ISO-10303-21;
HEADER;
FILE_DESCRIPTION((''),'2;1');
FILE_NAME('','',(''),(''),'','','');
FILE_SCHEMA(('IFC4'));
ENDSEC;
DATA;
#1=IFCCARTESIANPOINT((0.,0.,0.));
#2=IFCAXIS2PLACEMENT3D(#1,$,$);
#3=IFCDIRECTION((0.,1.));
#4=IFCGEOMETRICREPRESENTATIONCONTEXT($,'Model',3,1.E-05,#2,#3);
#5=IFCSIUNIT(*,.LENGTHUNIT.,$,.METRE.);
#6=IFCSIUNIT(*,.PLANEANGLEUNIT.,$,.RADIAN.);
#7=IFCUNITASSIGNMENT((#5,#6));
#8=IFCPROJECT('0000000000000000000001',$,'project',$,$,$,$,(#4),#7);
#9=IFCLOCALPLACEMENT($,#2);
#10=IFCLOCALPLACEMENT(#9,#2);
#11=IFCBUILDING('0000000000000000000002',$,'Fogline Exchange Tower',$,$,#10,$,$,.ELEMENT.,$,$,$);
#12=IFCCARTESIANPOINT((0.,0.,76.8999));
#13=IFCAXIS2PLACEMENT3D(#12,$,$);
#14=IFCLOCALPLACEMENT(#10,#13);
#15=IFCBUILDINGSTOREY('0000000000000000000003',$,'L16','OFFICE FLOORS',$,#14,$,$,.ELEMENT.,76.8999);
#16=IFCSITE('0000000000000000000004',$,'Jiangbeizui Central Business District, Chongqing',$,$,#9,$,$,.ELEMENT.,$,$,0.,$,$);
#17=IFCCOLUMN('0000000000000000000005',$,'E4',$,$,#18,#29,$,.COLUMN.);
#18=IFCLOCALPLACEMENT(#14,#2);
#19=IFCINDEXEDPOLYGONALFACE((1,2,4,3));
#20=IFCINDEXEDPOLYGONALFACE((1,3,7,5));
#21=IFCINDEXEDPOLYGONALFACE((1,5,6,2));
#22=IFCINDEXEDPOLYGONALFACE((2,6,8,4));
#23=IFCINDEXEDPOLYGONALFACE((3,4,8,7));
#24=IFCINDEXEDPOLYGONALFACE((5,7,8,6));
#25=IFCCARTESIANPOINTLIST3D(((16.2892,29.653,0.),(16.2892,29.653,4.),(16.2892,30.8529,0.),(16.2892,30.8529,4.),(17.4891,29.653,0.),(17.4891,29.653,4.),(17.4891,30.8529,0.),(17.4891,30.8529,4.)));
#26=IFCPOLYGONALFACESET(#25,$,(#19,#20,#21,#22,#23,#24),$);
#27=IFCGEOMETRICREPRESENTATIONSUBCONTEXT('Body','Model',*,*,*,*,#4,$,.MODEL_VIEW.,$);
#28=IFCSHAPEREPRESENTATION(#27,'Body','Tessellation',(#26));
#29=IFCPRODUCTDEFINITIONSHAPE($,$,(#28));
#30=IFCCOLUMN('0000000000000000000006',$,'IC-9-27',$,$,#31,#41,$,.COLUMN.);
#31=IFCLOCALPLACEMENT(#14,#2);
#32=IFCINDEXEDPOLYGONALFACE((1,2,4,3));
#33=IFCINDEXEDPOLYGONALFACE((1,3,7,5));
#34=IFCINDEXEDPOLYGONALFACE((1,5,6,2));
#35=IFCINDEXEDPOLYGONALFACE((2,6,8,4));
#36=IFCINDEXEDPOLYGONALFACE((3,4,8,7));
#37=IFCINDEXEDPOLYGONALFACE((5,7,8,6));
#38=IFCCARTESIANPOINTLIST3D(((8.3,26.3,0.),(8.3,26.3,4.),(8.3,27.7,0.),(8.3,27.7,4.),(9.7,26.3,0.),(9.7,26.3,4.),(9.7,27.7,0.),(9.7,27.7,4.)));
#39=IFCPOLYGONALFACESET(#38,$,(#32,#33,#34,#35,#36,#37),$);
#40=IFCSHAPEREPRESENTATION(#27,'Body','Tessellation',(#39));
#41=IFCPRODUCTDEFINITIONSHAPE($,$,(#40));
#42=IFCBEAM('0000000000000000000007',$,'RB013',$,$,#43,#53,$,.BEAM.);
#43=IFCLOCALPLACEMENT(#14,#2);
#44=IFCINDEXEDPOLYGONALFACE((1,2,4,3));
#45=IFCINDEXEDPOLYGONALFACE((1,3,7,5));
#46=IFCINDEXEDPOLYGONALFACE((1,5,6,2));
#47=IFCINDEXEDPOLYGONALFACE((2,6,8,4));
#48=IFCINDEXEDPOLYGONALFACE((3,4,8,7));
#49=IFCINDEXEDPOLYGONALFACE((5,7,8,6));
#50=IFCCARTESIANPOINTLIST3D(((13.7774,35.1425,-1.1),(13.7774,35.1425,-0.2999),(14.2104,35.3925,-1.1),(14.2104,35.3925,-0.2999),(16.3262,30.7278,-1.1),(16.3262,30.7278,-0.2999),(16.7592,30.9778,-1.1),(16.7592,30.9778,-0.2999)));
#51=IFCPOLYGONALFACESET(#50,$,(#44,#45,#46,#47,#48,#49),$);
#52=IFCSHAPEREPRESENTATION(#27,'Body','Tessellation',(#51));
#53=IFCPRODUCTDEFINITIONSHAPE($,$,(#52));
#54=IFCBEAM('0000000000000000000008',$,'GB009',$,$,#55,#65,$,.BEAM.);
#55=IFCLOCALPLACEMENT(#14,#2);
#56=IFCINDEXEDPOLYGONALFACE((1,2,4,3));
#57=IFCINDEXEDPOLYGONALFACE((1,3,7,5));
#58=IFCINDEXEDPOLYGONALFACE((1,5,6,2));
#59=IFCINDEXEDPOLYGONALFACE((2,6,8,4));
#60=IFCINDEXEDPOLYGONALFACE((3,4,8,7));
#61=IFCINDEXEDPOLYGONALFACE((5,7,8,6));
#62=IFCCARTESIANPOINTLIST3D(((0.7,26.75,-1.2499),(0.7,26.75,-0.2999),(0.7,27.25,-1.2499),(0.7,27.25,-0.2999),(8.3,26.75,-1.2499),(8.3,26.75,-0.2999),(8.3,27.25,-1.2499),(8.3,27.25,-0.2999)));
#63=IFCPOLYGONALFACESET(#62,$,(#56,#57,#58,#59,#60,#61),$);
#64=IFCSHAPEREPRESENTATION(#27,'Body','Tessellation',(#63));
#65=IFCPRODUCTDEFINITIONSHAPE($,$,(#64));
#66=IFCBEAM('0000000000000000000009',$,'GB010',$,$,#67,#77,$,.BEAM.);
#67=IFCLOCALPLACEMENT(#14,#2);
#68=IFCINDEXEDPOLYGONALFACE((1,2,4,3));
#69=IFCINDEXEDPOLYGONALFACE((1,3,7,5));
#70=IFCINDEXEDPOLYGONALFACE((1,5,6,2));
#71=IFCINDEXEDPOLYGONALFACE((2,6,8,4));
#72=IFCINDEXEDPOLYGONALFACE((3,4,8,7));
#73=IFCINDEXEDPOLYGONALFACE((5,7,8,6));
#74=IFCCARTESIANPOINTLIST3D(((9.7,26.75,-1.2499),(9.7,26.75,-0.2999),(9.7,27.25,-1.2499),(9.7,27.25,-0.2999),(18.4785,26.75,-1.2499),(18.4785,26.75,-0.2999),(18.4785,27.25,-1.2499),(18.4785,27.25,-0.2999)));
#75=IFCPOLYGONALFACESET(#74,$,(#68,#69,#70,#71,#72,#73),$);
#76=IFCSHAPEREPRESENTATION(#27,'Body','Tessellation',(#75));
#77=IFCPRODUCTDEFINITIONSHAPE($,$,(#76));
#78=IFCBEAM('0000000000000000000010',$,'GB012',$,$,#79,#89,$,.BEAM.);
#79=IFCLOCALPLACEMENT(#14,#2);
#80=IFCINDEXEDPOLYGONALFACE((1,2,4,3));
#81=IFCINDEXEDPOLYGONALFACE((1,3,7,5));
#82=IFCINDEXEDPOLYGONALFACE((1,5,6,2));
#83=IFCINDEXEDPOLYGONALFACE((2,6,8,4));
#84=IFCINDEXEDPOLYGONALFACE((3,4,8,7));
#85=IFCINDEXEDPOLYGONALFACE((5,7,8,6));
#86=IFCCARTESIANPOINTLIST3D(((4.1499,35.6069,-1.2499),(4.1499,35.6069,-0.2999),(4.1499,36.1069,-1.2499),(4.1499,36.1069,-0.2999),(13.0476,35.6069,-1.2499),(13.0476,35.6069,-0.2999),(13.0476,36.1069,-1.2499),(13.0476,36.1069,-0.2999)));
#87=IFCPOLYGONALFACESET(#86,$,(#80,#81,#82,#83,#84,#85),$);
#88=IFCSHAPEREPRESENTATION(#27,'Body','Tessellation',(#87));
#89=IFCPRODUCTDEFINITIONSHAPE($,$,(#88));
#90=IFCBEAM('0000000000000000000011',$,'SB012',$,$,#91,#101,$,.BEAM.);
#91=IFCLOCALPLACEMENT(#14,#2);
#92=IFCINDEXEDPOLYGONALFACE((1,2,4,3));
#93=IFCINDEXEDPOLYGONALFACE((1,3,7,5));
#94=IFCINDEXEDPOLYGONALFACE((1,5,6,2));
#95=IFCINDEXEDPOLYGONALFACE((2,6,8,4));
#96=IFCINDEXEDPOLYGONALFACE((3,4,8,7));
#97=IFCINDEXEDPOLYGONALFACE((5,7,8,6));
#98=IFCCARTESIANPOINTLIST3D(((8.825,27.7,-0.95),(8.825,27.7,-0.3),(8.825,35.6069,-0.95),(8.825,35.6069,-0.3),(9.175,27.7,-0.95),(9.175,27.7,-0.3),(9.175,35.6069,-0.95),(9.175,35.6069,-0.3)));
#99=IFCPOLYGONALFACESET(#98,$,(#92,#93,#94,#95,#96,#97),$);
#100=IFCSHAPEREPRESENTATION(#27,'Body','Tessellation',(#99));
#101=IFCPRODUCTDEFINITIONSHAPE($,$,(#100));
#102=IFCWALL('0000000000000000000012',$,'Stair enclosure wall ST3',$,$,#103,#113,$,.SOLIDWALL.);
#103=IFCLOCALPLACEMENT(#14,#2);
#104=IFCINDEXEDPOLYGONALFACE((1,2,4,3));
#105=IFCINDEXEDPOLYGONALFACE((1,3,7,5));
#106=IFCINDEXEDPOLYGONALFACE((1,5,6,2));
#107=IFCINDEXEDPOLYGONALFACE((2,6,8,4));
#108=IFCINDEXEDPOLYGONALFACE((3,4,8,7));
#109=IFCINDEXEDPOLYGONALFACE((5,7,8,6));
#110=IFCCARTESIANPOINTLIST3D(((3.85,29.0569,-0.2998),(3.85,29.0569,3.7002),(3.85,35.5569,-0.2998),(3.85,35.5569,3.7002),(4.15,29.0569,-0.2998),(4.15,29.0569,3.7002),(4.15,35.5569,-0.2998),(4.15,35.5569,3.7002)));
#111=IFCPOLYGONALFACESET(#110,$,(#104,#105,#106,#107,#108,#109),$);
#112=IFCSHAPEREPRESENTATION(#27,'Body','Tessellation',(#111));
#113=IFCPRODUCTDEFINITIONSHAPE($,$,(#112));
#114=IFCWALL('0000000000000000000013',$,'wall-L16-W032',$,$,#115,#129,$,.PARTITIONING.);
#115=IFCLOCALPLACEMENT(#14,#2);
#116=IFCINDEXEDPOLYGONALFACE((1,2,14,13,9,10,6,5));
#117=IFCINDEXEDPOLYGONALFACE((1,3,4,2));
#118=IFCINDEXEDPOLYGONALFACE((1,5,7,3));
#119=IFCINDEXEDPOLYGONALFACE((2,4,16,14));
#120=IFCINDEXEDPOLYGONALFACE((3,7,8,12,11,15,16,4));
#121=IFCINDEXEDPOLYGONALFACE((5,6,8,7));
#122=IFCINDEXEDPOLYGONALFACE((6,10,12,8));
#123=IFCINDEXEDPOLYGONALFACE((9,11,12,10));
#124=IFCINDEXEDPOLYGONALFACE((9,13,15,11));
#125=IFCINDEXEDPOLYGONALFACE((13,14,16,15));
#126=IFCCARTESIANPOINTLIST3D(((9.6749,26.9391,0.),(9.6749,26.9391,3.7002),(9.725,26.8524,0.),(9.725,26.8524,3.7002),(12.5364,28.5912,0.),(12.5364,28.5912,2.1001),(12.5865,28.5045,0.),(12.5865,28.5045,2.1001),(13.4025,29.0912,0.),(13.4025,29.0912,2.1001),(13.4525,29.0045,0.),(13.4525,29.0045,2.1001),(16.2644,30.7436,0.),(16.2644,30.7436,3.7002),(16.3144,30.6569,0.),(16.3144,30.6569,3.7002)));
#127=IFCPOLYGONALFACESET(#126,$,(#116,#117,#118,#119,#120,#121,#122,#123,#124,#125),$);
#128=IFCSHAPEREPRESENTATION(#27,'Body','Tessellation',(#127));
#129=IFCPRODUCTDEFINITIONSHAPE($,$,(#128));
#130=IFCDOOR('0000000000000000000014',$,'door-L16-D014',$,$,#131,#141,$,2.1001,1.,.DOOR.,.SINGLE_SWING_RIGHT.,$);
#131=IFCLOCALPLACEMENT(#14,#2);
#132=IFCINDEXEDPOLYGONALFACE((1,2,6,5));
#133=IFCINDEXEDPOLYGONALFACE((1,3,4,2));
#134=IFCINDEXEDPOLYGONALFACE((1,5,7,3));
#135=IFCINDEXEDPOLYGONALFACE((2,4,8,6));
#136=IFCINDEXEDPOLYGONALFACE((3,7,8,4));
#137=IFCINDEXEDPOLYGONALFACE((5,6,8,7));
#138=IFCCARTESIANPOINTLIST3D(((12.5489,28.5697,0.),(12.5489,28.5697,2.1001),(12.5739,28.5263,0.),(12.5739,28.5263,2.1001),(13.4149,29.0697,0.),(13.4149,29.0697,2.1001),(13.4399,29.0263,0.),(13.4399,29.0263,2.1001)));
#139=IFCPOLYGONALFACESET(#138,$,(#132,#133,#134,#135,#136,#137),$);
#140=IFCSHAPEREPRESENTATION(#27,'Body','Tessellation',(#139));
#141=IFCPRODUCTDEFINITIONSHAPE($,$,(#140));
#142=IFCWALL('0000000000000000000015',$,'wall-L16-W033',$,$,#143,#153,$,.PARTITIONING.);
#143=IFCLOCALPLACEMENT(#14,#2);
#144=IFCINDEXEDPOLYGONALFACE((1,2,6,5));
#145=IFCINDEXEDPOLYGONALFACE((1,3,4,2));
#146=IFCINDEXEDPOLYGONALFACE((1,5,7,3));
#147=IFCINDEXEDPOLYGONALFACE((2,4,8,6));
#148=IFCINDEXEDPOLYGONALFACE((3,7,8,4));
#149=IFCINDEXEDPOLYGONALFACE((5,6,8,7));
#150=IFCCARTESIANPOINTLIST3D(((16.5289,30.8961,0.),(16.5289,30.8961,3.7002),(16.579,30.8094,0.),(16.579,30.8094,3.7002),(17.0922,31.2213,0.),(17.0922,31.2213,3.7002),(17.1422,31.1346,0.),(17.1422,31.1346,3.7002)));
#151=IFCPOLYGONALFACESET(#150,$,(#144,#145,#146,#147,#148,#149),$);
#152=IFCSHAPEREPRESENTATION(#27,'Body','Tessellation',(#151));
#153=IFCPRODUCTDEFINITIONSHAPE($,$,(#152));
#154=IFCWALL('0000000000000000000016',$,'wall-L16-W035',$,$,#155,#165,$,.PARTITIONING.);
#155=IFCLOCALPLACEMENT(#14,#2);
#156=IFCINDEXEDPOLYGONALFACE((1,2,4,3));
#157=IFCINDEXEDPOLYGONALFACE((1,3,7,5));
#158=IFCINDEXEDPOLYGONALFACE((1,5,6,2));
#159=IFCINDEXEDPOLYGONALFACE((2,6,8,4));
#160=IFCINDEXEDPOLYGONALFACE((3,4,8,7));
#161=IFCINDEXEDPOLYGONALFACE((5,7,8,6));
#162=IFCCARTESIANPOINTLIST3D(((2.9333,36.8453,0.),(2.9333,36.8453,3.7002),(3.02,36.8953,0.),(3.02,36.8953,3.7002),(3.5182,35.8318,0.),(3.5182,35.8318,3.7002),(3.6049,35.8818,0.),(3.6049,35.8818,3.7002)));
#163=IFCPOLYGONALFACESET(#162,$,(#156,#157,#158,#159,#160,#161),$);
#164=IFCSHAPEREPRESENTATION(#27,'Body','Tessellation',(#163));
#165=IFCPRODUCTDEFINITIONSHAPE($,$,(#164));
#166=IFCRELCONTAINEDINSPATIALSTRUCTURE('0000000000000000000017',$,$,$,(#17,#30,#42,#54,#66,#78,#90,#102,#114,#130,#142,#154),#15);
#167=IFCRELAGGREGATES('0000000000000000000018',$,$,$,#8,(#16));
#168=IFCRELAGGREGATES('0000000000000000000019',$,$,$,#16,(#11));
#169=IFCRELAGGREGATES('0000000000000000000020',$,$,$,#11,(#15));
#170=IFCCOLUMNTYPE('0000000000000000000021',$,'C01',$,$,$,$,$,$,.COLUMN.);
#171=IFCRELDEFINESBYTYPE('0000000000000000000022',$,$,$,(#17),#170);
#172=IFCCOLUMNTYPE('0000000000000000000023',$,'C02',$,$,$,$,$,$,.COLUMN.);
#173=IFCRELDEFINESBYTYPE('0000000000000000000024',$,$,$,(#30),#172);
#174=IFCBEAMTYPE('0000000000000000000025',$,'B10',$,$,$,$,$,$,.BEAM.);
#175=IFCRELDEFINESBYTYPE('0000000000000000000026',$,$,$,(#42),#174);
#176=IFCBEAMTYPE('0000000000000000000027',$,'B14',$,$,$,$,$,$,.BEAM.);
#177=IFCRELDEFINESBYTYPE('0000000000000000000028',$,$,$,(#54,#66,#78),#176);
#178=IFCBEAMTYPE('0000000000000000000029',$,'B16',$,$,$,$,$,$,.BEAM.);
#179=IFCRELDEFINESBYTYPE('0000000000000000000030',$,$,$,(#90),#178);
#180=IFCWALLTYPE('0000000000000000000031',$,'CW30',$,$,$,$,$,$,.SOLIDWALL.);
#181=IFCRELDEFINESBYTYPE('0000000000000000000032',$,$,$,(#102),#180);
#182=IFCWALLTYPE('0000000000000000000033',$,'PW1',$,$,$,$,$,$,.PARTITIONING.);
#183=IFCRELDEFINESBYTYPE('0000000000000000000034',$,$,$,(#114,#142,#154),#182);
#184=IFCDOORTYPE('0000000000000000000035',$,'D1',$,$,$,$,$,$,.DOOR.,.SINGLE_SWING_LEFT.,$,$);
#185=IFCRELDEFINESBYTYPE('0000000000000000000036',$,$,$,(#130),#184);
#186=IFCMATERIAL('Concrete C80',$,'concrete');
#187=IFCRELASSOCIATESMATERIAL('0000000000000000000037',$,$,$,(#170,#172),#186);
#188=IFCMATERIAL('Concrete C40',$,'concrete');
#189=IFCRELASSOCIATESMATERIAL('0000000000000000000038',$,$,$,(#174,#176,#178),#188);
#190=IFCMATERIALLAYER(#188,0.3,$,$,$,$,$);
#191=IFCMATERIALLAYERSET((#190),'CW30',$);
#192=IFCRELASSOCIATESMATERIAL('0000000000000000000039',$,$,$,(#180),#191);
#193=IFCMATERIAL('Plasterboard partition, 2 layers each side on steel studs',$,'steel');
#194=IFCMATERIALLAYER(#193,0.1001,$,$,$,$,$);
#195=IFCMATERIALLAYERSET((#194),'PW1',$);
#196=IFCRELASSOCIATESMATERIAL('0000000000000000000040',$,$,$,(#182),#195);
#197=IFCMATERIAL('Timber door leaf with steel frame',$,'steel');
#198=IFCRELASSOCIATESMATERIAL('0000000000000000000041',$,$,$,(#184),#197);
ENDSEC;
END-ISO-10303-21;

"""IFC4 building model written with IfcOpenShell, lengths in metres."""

from ifc_helpers import new_model, si_unit, direction, frame, frame_2d, origin, origin_2d, place, context, subcontext, project, spatial, rectangle, extrude, material, layer, layer_set, material_profile, profile_set, type_object, element, fill, save


model = new_model("IFC4")

# Units and contexts
model_context = context("Model", 3, precision=1e-05, world=origin(), true_north=direction((0.0, 1.0)))
body_context = subcontext(model_context, "Body", "Model", "MODEL_VIEW")
ifc_project = project(units=[si_unit("LENGTHUNIT", "METRE"), si_unit("PLANEANGLEUNIT", "RADIAN")], contexts=[model_context])

# Site, building, storey
site_placement = place(None, origin())
site = spatial("IfcSite", under=ifc_project, at=site_placement, Name="Jiangbeizui Central Business District, Chongqing", CompositionType="ELEMENT", RefElevation=0.0)
building_placement = place(site_placement, origin())
building = spatial("IfcBuilding", under=site, at=building_placement, Name="Fogline Exchange Tower", CompositionType="ELEMENT")
storey_placement = place(building_placement, frame((0.0, 0.0, 76.8999)))
storey = spatial("IfcBuildingStorey", under=building, at=storey_placement, Name="L16", Description="OFFICE FLOORS", CompositionType="ELEMENT", Elevation=76.8999)

# Columns
ifc_material_1 = material(Name="Concrete C80", Category="concrete")
ifc_material_profile_1 = material_profile(ifc_material_1, rectangle(XDim=1.2, YDim=1.2, at=origin_2d()), Name="RC 1200x1200")
ifc_profile_set_1 = profile_set([ifc_material_profile_1], Name="Concrete C80")
column_type_1 = type_object("IfcColumnType", Name="C01", PredefinedType="COLUMN", material=ifc_profile_set_1)
column_1_placement = place(storey_placement, frame((16.8892, 30.2529, 0.0), z_axis=(0.0, 0.0, 1.0), x_axis=(1.0, 0.0, 0.0)))
element("IfcColumn", 1, at=column_1_placement, inside=storey, type_object=column_type_1, Name="E4", PredefinedType="COLUMN", context=body_context, shape_type="SweptSolid", body=[
    extrude(rectangle(XDim=1.2, YDim=1.2, at=origin_2d()), origin(), (0.0, 0.0, 1.0), 4.0),
])
ifc_material_profile_2 = material_profile(ifc_material_1, rectangle(XDim=1.3999, YDim=1.3999, at=origin_2d()), Name="RC 1400x1400")
ifc_profile_set_2 = profile_set([ifc_material_profile_2], Name="Concrete C80")
column_type_2 = type_object("IfcColumnType", Name="C02", PredefinedType="COLUMN", material=ifc_profile_set_2)
column_2_placement = place(storey_placement, frame((9.0, 27.0, 0.0), z_axis=(0.0, 0.0, 1.0), x_axis=(1.0, 0.0, 0.0)))
element("IfcColumn", 2, at=column_2_placement, inside=storey, type_object=column_type_2, Name="IC-9-27", PredefinedType="COLUMN", context=body_context, shape_type="SweptSolid", body=[
    extrude(rectangle(XDim=1.3999, YDim=1.3999, at=origin_2d()), origin(), (0.0, 0.0, 1.0), 4.0),
])

# Beams
ifc_material_2 = material(Name="Concrete C40", Category="concrete")
ifc_material_profile_3 = material_profile(ifc_material_2, rectangle(XDim=0.5, YDim=0.8, at=origin_2d()), Name="RC 500x800")
ifc_profile_set_3 = profile_set([ifc_material_profile_3], Name="Concrete C40")
beam_type_1 = type_object("IfcBeamType", Name="B10", PredefinedType="BEAM", material=ifc_profile_set_3)
beam_1_placement = place(storey_placement, frame((16.5427, 30.8528, -0.7), z_axis=(-0.499992, 0.86603, 0.0), x_axis=(-0.86603, -0.499992, 0.0)))
element("IfcBeam", 3, at=beam_1_placement, inside=storey, type_object=beam_type_1, Name="RB013", PredefinedType="BEAM", context=body_context, shape_type="SweptSolid", body=[
    extrude(rectangle(XDim=0.5, YDim=0.8, at=origin_2d()), origin(), (0.0, 0.0, 1.0), 5.0977),
])
ifc_material_profile_4 = material_profile(ifc_material_2, rectangle(XDim=0.5, YDim=0.95, at=origin_2d()), Name="RC 500x950")
ifc_profile_set_4 = profile_set([ifc_material_profile_4], Name="Concrete C40")
beam_type_2 = type_object("IfcBeamType", Name="B14", PredefinedType="BEAM", material=ifc_profile_set_4)
beam_2_placement = place(storey_placement, frame((0.7, 27.0, -0.7749), z_axis=(1.0, 0.0, 0.0), x_axis=(0.0, 1.0, 0.0)))
element("IfcBeam", 4, at=beam_2_placement, inside=storey, type_object=beam_type_2, Name="GB009", PredefinedType="BEAM", context=body_context, shape_type="SweptSolid", body=[
    extrude(rectangle(XDim=0.5, YDim=0.95, at=origin_2d()), origin(), (0.0, 0.0, 1.0), 7.6001),
])
beam_3_placement = place(storey_placement, frame((9.7, 27.0, -0.7749), z_axis=(1.0, 0.0, 0.0), x_axis=(0.0, 1.0, 0.0)))
element("IfcBeam", 5, at=beam_3_placement, inside=storey, type_object=beam_type_2, Name="GB010", PredefinedType="BEAM", context=body_context, shape_type="SweptSolid", body=[
    extrude(rectangle(XDim=0.5, YDim=0.95, at=origin_2d()), origin(), (0.0, 0.0, 1.0), 8.7786),
])
beam_4_placement = place(storey_placement, frame((4.1499, 35.8569, -0.7749), z_axis=(1.0, 0.0, 0.0), x_axis=(0.0, 1.0, 0.0)))
element("IfcBeam", 6, at=beam_4_placement, inside=storey, type_object=beam_type_2, Name="GB012", PredefinedType="BEAM", context=body_context, shape_type="SweptSolid", body=[
    extrude(rectangle(XDim=0.5, YDim=0.95, at=origin_2d()), origin(), (0.0, 0.0, 1.0), 8.8977),
])
ifc_material_profile_5 = material_profile(ifc_material_2, rectangle(XDim=0.3501, YDim=0.6499, at=origin_2d()), Name="RC 350x650")
ifc_profile_set_5 = profile_set([ifc_material_profile_5], Name="Concrete C40")
beam_type_3 = type_object("IfcBeamType", Name="B16", PredefinedType="BEAM", material=ifc_profile_set_5)
beam_5_placement = place(storey_placement, frame((9.0, 27.7, -0.625), z_axis=(0.0, 1.0, 0.0), x_axis=(-1.0, 0.0, 0.0)))
element("IfcBeam", 7, at=beam_5_placement, inside=storey, type_object=beam_type_3, Name="SB012", PredefinedType="BEAM", context=body_context, shape_type="SweptSolid", body=[
    extrude(rectangle(XDim=0.3501, YDim=0.6499, at=origin_2d()), origin(), (0.0, 0.0, 1.0), 7.907),
])

# Wall
ifc_layer_1 = layer(ifc_material_2, 0.3)
ifc_layer_set_1 = layer_set([ifc_layer_1], Name="CW30")
wall_type_1 = type_object("IfcWallType", Name="CW30", PredefinedType="SOLIDWALL", material=ifc_layer_set_1)
wall_1_placement = place(storey_placement, frame((4.0, 29.0569, -0.2998), z_axis=(0.0, 0.0, 1.0), x_axis=(0.0, 1.0, 0.0)))
element("IfcWall", 8, at=wall_1_placement, inside=storey, type_object=wall_type_1, Name="Stair enclosure wall ST3", PredefinedType="SOLIDWALL", context=body_context, shape_type="SweptSolid", body=[
    extrude(rectangle(XDim=6.5, YDim=0.3, at=frame_2d((3.25, 0.0))), origin(), (0.0, 0.0, 1.0), 4.0),
])

# Wall, opening, door
ifc_material_3 = material(Name="Plasterboard partition, 2 layers each side on steel studs", Category="steel")
ifc_layer_2 = layer(ifc_material_3, 0.1001)
ifc_layer_set_2 = layer_set([ifc_layer_2], Name="PW1")
wall_type_2 = type_object("IfcWallType", Name="PW1", PredefinedType="PARTITIONING", material=ifc_layer_set_2)
wall_2_placement = place(storey_placement, frame((9.7, 26.8958, 0.0), z_axis=(0.0, 0.0, 1.0), x_axis=(0.866021, 0.500008, 0.0)))
wall_2 = element("IfcWall", 9, at=wall_2_placement, inside=storey, type_object=wall_type_2, Name="wall-L16-W032", PredefinedType="PARTITIONING", context=body_context, shape_type="SweptSolid", body=[
    extrude(rectangle(XDim=7.6089, YDim=0.1001, at=frame_2d((3.8044, 0.0))), origin(), (0.0, 0.0, 1.0), 3.7002),
])
opening_1_placement = place(wall_2_placement, frame((3.3042, 0.0, 0.0)))
opening_1 = element("IfcOpeningElement", 10, at=opening_1_placement, cuts=wall_2, PredefinedType="OPENING", context=body_context, shape_type="SweptSolid", body=[
    extrude(rectangle(XDim=1.0, YDim=2.1001, at=frame_2d((0.5, 1.05))), frame((0.0, 0.0601, 0.0), z_axis=(0.0, -1.0, 0.0), x_axis=(1.0, 0.0, 0.0)), (0.0, 0.0, 1.0), 0.1201),
])
ifc_material_4 = material(Name="Timber door leaf with steel frame", Category="steel")
door_type_1 = type_object("IfcDoorType", Name="D1", OperationType="SINGLE_SWING_LEFT", PredefinedType="DOOR", material=ifc_material_4)
door_1_placement = place(opening_1_placement, frame((1.0, 0.0, 0.0), z_axis=(0.0, 0.0, 1.0), x_axis=(-1.0, 0.0, 0.0)))
door_1 = element("IfcDoor", 11, at=door_1_placement, inside=storey, type_object=door_type_1, Name="door-L16-D014", OperationType="SINGLE_SWING_RIGHT", OverallHeight=2.1001, OverallWidth=1.0, PredefinedType="DOOR", context=body_context, shape_type="SweptSolid", body=[
    extrude(rectangle(XDim=1.0, YDim=2.1001, at=frame_2d((0.5, 1.05))), frame((0.0, 0.0249, 0.0), z_axis=(0.0, -1.0, 0.0), x_axis=(1.0, 0.0, 0.0)), (0.0, 0.0, 1.0), 0.05),
])
fill(opening_1, door_1)

# Walls
wall_3_placement = place(storey_placement, frame((16.554, 30.8528, 0.0), z_axis=(0.0, 0.0, 1.0), x_axis=(0.866017, 0.500015, 0.0)))
element("IfcWall", 12, at=wall_3_placement, inside=storey, type_object=wall_type_2, Name="wall-L16-W033", PredefinedType="PARTITIONING", context=body_context, shape_type="SweptSolid", body=[
    extrude(rectangle(XDim=0.6504, YDim=0.1001, at=frame_2d((0.3252, 0.0))), origin(), (0.0, 0.0, 1.0), 3.7002),
])
wall_4_placement = place(storey_placement, frame((3.5615, 35.8569, 0.0), z_axis=(0.0, 0.0, 1.0), x_axis=(-0.499909, 0.866078, 0.0)))
element("IfcWall", 13, at=wall_4_placement, inside=storey, type_object=wall_type_2, Name="wall-L16-W035", PredefinedType="PARTITIONING", context=body_context, shape_type="SweptSolid", body=[
    extrude(rectangle(XDim=1.1702, YDim=0.1001, at=frame_2d((0.585, 0.0))), origin(), (0.0, 0.0, 1.0), 3.7002),
])

save(model, "model.ifc")
